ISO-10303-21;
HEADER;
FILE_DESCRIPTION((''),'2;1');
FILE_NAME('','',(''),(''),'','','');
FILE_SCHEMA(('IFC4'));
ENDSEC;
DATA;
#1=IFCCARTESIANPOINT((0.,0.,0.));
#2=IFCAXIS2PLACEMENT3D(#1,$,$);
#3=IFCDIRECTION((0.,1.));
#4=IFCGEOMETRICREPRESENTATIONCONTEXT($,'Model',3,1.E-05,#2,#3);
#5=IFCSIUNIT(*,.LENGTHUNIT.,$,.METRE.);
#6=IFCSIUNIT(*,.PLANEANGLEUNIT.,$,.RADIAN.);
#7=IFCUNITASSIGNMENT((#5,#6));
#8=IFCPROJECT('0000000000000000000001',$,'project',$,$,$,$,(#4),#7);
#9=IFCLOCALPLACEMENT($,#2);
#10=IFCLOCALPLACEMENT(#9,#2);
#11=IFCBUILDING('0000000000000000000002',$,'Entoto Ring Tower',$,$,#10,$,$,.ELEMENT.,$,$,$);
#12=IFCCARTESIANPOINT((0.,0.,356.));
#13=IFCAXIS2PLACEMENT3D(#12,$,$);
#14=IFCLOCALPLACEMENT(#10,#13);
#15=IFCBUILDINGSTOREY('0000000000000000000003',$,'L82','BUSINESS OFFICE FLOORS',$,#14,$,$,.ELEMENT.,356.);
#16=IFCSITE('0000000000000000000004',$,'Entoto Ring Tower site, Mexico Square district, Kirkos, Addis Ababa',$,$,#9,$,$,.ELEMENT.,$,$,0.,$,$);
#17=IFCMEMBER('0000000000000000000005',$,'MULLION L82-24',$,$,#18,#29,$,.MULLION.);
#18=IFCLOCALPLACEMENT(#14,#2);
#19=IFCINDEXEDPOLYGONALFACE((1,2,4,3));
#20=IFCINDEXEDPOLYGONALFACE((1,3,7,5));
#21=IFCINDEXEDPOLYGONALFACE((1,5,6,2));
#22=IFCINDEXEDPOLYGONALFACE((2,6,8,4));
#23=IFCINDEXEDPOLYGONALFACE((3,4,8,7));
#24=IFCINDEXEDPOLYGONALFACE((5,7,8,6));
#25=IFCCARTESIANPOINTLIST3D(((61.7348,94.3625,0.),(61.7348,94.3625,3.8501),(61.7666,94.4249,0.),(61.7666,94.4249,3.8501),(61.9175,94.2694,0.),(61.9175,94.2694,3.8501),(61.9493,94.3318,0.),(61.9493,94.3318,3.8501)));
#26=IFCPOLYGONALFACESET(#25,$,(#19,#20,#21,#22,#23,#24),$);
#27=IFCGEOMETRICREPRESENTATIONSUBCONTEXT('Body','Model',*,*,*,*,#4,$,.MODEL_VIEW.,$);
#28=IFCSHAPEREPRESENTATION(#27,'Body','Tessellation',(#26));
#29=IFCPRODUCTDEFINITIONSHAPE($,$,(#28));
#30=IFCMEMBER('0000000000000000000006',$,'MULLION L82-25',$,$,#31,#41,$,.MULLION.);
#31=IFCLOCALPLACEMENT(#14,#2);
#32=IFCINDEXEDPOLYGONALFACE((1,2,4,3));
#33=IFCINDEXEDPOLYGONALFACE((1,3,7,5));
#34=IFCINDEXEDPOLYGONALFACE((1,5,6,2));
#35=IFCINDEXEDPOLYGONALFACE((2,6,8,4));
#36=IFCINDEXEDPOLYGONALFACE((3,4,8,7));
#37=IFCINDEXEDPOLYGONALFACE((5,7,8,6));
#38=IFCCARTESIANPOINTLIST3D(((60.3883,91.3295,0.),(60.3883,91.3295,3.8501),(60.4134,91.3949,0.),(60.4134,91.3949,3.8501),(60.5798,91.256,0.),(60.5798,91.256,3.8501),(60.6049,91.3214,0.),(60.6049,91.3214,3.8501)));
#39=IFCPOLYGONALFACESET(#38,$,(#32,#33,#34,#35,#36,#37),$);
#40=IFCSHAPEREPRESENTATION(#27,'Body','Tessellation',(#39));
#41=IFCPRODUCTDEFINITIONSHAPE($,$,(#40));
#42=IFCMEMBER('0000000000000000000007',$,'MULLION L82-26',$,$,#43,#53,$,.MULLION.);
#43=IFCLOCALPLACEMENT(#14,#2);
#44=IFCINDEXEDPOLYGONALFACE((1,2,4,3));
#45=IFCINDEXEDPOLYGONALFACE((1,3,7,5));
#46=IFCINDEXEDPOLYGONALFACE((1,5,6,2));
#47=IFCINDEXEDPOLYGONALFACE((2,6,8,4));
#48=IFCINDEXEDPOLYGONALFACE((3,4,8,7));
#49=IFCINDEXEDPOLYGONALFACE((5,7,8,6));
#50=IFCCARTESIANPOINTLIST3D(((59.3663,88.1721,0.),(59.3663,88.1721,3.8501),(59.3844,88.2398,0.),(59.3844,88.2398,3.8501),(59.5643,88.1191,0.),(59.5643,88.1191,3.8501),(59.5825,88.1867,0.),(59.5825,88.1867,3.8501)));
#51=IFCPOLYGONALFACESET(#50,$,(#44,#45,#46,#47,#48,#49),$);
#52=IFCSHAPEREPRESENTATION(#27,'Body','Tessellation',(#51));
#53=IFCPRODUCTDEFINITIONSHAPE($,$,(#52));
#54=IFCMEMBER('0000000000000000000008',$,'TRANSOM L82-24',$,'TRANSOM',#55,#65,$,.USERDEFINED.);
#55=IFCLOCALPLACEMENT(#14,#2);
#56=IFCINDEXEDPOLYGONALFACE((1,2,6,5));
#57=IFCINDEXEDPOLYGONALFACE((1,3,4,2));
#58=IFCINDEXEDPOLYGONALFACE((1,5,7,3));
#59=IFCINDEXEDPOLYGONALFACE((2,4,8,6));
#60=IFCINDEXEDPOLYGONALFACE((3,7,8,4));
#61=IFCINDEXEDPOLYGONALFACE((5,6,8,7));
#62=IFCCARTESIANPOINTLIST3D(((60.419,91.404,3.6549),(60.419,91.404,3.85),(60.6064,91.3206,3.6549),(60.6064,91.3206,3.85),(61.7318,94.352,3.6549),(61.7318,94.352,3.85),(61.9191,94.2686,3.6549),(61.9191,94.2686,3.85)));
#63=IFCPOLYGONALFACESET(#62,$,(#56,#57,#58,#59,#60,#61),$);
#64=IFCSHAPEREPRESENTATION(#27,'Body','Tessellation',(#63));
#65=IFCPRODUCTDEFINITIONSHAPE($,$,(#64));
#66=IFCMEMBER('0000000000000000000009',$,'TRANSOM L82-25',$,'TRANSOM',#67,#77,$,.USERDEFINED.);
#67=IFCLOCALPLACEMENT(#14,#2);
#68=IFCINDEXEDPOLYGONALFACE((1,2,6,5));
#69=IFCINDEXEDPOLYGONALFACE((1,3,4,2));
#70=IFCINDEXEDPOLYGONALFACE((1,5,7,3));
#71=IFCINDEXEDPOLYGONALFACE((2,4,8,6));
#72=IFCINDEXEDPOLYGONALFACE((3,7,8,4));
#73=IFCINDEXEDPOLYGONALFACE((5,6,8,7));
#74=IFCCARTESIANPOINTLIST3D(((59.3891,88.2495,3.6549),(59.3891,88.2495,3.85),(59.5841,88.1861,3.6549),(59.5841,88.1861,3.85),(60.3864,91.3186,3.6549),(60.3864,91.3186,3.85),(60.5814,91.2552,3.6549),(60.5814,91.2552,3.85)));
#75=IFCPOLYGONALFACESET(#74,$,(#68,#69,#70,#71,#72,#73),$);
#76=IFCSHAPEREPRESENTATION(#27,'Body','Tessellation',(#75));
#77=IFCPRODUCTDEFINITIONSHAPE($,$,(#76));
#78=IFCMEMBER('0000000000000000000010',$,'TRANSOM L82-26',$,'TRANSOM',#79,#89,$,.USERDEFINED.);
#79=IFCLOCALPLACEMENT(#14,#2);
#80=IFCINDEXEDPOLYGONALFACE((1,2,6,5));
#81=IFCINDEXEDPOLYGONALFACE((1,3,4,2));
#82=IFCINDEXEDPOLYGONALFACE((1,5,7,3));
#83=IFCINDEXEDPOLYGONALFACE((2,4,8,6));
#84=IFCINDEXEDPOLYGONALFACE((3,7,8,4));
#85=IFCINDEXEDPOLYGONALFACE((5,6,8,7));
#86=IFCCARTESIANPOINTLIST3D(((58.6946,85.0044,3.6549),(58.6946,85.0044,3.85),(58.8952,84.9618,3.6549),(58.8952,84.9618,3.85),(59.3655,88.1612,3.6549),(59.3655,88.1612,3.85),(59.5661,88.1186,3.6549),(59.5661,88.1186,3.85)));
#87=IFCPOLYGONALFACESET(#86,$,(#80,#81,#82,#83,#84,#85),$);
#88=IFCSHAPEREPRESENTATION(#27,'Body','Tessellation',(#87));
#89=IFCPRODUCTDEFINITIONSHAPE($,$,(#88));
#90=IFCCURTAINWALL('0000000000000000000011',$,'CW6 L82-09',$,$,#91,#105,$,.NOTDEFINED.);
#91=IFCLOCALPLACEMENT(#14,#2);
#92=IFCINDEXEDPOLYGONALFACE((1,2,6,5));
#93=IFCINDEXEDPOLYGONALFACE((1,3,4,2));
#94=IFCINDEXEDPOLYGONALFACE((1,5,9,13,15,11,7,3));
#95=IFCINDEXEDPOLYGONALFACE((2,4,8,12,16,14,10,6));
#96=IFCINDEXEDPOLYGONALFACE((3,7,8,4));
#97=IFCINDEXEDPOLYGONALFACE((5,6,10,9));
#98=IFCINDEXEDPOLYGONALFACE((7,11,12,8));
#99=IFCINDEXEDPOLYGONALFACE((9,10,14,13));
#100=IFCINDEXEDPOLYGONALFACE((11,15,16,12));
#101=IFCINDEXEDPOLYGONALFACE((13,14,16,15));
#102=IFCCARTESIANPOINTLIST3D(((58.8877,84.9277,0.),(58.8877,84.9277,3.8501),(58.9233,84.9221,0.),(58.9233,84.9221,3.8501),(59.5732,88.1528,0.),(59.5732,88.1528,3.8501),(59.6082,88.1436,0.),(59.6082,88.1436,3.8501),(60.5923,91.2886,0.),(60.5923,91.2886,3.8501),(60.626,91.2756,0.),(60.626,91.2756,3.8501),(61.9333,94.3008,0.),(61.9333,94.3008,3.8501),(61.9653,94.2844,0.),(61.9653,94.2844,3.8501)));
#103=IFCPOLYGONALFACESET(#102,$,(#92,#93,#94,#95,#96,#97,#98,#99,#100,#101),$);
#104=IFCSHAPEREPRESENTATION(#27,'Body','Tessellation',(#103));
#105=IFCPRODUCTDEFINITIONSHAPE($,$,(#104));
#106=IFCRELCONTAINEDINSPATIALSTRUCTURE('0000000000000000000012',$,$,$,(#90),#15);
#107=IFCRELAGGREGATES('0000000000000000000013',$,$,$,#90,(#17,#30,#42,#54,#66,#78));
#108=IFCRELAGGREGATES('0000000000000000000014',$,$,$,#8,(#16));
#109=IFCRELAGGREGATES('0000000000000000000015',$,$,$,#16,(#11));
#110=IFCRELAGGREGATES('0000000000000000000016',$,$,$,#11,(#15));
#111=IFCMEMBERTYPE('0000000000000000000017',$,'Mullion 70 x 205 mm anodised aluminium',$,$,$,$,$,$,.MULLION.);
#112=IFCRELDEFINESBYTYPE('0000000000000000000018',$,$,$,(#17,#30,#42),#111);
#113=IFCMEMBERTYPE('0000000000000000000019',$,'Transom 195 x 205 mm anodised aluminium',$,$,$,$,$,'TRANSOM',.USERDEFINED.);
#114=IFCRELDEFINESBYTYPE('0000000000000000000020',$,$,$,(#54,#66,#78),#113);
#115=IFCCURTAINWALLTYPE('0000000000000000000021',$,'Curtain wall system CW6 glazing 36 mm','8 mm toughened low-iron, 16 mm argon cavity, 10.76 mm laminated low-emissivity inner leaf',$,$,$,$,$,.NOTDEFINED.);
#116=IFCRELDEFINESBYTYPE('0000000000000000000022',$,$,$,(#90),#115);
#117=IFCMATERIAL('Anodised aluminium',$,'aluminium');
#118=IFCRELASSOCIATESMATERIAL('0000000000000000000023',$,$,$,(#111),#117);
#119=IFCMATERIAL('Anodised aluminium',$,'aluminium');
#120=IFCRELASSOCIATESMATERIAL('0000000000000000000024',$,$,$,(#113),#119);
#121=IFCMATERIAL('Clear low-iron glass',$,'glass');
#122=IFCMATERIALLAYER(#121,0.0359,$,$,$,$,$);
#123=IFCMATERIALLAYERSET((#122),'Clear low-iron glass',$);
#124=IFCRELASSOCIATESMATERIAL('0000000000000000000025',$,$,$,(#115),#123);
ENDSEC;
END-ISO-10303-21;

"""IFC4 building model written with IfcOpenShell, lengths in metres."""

from ifc_helpers import new_model, si_unit, direction, frame, origin, origin_2d, place, context, subcontext, project, spatial, polyline, rectangle, outline, extrude, material, layer, layer_set, material_profile, profile_set, type_object, element, aggregate, save


model = new_model("IFC4")

# Units and contexts
model_context = context("Model", 3, precision=1e-05, world=origin(), true_north=direction((0.0, 1.0)))
body_context = subcontext(model_context, "Body", "Model", "MODEL_VIEW")
ifc_project = project(units=[si_unit("LENGTHUNIT", "METRE"), si_unit("PLANEANGLEUNIT", "RADIAN")], contexts=[model_context])

# Members
ifc_material_1 = material(Name="Anodised aluminium", Category="aluminium")
ifc_material_profile_1 = material_profile(ifc_material_1, rectangle(XDim=0.0701, YDim=0.2051, at=origin_2d()), Name="Mullion 70 x 205 mm anodised aluminium")
ifc_profile_set_1 = profile_set([ifc_material_profile_1], Name="Anodised aluminium")
member_type_1 = type_object("IfcMemberType", Name="Mullion 70 x 205 mm anodised aluminium", PredefinedType="MULLION", material=ifc_profile_set_1)
site_placement = place(None, origin())
building_placement = place(site_placement, origin())
storey_placement = place(building_placement, frame((0.0, 0.0, 356.0)))
member_1_placement = place(storey_placement, frame((61.842, 94.3472, 0.0), z_axis=(0.0, 0.0, 1.0), x_axis=(-0.45399, -0.891007, 0.0)))
member_1 = element("IfcMember", 1, at=member_1_placement, type_object=member_type_1, Name="MULLION L82-24", PredefinedType="MULLION", context=body_context, shape_type="SweptSolid", body=[
    extrude(rectangle(XDim=0.0701, YDim=0.2051, at=origin_2d()), origin(), (0.0, 0.0, 1.0), 3.8501),
])
member_2_placement = place(storey_placement, frame((60.4966, 91.3254, 0.0), z_axis=(0.0, 0.0, 1.0), x_axis=(-0.358368, -0.93358, 0.0)))
member_2 = element("IfcMember", 2, at=member_2_placement, type_object=member_type_1, Name="MULLION L82-25", PredefinedType="MULLION", context=body_context, shape_type="SweptSolid", body=[
    extrude(rectangle(XDim=0.0701, YDim=0.2051, at=origin_2d()), origin(), (0.0, 0.0, 1.0), 3.8501),
])
member_3_placement = place(storey_placement, frame((59.4744, 88.1794, 0.0), z_axis=(0.0, 0.0, 1.0), x_axis=(-0.258819, -0.965926, 0.0)))
member_3 = element("IfcMember", 3, at=member_3_placement, type_object=member_type_1, Name="MULLION L82-26", PredefinedType="MULLION", context=body_context, shape_type="SweptSolid", body=[
    extrude(rectangle(XDim=0.0701, YDim=0.2051, at=origin_2d()), origin(), (0.0, 0.0, 1.0), 3.8501),
])
ifc_material_2 = material(Name="Anodised aluminium", Category="aluminium")
ifc_material_profile_2 = material_profile(ifc_material_2, rectangle(XDim=0.2051, YDim=0.1951, at=origin_2d()), Name="Transom 195 x 205 mm anodised aluminium")
ifc_profile_set_2 = profile_set([ifc_material_profile_2], Name="Anodised aluminium")
member_type_2 = type_object("IfcMemberType", Name="Transom 195 x 205 mm anodised aluminium", ElementType="TRANSOM", PredefinedType="USERDEFINED", material=ifc_profile_set_2)
member_4_placement = place(storey_placement, frame((61.8254, 94.3103, 3.7524), z_axis=(-0.406791, -0.913521, 0.0), x_axis=(0.913521, -0.406791, 0.0)))
member_4 = element("IfcMember", 4, at=member_4_placement, type_object=member_type_2, Name="TRANSOM L82-24", ObjectType="TRANSOM", PredefinedType="USERDEFINED", context=body_context, shape_type="SweptSolid", body=[
    extrude(rectangle(XDim=0.2051, YDim=0.1951, at=origin_2d()), origin(), (0.0, 0.0, 1.0), 3.2271),
])
member_5_placement = place(storey_placement, frame((60.4839, 91.2869, 3.7524), z_axis=(-0.309047, -0.951047, 0.0), x_axis=(0.951047, -0.309047, 0.0)))
member_5 = element("IfcMember", 5, at=member_5_placement, type_object=member_type_2, Name="TRANSOM L82-25", ObjectType="TRANSOM", PredefinedType="USERDEFINED", context=body_context, shape_type="SweptSolid", body=[
    extrude(rectangle(XDim=0.2051, YDim=0.1951, at=origin_2d()), origin(), (0.0, 0.0, 1.0), 3.2271),
])
member_6_placement = place(storey_placement, frame((59.4658, 88.1399, 3.7524), z_axis=(-0.207886, -0.978153, 0.0), x_axis=(0.978153, -0.207886, 0.0)))
member_6 = element("IfcMember", 6, at=member_6_placement, type_object=member_type_2, Name="TRANSOM L82-26", ObjectType="TRANSOM", PredefinedType="USERDEFINED", context=body_context, shape_type="SweptSolid", body=[
    extrude(rectangle(XDim=0.2051, YDim=0.1951, at=origin_2d()), origin(), (0.0, 0.0, 1.0), 3.2273),
])

# Site, building, storey
site = spatial("IfcSite", under=ifc_project, at=site_placement, Name="Entoto Ring Tower site, Mexico Square district, Kirkos, Addis Ababa", CompositionType="ELEMENT", RefElevation=0.0)
building = spatial("IfcBuilding", under=site, at=building_placement, Name="Entoto Ring Tower", CompositionType="ELEMENT")
storey = spatial("IfcBuildingStorey", under=building, at=storey_placement, Name="L82", Description="BUSINESS OFFICE FLOORS", CompositionType="ELEMENT", Elevation=356.0)

# Curtain wall
ifc_material_3 = material(Name="Clear low-iron glass", Category="glass")
ifc_layer = layer(ifc_material_3, 0.0359)
ifc_layer_set = layer_set([ifc_layer], Name="Clear low-iron glass")
curtain_wall_type = type_object("IfcCurtainWallType", Name="Curtain wall system CW6 glazing 36 mm", Description="8 mm toughened low-iron, 16 mm argon cavity, 10.76 mm laminated low-emissivity inner leaf", PredefinedType="NOTDEFINED", material=ifc_layer_set)
curtain_wall_1_placement = place(storey_placement, origin())
curtain_wall_1 = element("IfcCurtainWall", 7, at=curtain_wall_1_placement, inside=storey, type_object=curtain_wall_type, Name="CW6 L82-09", PredefinedType="NOTDEFINED", context=body_context, shape_type="SweptSolid", body=[
    extrude(outline(polyline([(61.9333, 94.3008), (60.5923, 91.2886), (59.5732, 88.1528), (58.8877, 84.9277), (58.9233, 84.9221), (59.6082, 88.1436), (60.626, 91.2756), (61.9653, 94.2844), (61.9333, 94.3008)])), origin(), (0.0, 0.0, 1.0), 3.8501),
])
aggregate(curtain_wall_1, [member_1, member_2, member_3, member_4, member_5, member_6])

save(model, "model.ifc")
